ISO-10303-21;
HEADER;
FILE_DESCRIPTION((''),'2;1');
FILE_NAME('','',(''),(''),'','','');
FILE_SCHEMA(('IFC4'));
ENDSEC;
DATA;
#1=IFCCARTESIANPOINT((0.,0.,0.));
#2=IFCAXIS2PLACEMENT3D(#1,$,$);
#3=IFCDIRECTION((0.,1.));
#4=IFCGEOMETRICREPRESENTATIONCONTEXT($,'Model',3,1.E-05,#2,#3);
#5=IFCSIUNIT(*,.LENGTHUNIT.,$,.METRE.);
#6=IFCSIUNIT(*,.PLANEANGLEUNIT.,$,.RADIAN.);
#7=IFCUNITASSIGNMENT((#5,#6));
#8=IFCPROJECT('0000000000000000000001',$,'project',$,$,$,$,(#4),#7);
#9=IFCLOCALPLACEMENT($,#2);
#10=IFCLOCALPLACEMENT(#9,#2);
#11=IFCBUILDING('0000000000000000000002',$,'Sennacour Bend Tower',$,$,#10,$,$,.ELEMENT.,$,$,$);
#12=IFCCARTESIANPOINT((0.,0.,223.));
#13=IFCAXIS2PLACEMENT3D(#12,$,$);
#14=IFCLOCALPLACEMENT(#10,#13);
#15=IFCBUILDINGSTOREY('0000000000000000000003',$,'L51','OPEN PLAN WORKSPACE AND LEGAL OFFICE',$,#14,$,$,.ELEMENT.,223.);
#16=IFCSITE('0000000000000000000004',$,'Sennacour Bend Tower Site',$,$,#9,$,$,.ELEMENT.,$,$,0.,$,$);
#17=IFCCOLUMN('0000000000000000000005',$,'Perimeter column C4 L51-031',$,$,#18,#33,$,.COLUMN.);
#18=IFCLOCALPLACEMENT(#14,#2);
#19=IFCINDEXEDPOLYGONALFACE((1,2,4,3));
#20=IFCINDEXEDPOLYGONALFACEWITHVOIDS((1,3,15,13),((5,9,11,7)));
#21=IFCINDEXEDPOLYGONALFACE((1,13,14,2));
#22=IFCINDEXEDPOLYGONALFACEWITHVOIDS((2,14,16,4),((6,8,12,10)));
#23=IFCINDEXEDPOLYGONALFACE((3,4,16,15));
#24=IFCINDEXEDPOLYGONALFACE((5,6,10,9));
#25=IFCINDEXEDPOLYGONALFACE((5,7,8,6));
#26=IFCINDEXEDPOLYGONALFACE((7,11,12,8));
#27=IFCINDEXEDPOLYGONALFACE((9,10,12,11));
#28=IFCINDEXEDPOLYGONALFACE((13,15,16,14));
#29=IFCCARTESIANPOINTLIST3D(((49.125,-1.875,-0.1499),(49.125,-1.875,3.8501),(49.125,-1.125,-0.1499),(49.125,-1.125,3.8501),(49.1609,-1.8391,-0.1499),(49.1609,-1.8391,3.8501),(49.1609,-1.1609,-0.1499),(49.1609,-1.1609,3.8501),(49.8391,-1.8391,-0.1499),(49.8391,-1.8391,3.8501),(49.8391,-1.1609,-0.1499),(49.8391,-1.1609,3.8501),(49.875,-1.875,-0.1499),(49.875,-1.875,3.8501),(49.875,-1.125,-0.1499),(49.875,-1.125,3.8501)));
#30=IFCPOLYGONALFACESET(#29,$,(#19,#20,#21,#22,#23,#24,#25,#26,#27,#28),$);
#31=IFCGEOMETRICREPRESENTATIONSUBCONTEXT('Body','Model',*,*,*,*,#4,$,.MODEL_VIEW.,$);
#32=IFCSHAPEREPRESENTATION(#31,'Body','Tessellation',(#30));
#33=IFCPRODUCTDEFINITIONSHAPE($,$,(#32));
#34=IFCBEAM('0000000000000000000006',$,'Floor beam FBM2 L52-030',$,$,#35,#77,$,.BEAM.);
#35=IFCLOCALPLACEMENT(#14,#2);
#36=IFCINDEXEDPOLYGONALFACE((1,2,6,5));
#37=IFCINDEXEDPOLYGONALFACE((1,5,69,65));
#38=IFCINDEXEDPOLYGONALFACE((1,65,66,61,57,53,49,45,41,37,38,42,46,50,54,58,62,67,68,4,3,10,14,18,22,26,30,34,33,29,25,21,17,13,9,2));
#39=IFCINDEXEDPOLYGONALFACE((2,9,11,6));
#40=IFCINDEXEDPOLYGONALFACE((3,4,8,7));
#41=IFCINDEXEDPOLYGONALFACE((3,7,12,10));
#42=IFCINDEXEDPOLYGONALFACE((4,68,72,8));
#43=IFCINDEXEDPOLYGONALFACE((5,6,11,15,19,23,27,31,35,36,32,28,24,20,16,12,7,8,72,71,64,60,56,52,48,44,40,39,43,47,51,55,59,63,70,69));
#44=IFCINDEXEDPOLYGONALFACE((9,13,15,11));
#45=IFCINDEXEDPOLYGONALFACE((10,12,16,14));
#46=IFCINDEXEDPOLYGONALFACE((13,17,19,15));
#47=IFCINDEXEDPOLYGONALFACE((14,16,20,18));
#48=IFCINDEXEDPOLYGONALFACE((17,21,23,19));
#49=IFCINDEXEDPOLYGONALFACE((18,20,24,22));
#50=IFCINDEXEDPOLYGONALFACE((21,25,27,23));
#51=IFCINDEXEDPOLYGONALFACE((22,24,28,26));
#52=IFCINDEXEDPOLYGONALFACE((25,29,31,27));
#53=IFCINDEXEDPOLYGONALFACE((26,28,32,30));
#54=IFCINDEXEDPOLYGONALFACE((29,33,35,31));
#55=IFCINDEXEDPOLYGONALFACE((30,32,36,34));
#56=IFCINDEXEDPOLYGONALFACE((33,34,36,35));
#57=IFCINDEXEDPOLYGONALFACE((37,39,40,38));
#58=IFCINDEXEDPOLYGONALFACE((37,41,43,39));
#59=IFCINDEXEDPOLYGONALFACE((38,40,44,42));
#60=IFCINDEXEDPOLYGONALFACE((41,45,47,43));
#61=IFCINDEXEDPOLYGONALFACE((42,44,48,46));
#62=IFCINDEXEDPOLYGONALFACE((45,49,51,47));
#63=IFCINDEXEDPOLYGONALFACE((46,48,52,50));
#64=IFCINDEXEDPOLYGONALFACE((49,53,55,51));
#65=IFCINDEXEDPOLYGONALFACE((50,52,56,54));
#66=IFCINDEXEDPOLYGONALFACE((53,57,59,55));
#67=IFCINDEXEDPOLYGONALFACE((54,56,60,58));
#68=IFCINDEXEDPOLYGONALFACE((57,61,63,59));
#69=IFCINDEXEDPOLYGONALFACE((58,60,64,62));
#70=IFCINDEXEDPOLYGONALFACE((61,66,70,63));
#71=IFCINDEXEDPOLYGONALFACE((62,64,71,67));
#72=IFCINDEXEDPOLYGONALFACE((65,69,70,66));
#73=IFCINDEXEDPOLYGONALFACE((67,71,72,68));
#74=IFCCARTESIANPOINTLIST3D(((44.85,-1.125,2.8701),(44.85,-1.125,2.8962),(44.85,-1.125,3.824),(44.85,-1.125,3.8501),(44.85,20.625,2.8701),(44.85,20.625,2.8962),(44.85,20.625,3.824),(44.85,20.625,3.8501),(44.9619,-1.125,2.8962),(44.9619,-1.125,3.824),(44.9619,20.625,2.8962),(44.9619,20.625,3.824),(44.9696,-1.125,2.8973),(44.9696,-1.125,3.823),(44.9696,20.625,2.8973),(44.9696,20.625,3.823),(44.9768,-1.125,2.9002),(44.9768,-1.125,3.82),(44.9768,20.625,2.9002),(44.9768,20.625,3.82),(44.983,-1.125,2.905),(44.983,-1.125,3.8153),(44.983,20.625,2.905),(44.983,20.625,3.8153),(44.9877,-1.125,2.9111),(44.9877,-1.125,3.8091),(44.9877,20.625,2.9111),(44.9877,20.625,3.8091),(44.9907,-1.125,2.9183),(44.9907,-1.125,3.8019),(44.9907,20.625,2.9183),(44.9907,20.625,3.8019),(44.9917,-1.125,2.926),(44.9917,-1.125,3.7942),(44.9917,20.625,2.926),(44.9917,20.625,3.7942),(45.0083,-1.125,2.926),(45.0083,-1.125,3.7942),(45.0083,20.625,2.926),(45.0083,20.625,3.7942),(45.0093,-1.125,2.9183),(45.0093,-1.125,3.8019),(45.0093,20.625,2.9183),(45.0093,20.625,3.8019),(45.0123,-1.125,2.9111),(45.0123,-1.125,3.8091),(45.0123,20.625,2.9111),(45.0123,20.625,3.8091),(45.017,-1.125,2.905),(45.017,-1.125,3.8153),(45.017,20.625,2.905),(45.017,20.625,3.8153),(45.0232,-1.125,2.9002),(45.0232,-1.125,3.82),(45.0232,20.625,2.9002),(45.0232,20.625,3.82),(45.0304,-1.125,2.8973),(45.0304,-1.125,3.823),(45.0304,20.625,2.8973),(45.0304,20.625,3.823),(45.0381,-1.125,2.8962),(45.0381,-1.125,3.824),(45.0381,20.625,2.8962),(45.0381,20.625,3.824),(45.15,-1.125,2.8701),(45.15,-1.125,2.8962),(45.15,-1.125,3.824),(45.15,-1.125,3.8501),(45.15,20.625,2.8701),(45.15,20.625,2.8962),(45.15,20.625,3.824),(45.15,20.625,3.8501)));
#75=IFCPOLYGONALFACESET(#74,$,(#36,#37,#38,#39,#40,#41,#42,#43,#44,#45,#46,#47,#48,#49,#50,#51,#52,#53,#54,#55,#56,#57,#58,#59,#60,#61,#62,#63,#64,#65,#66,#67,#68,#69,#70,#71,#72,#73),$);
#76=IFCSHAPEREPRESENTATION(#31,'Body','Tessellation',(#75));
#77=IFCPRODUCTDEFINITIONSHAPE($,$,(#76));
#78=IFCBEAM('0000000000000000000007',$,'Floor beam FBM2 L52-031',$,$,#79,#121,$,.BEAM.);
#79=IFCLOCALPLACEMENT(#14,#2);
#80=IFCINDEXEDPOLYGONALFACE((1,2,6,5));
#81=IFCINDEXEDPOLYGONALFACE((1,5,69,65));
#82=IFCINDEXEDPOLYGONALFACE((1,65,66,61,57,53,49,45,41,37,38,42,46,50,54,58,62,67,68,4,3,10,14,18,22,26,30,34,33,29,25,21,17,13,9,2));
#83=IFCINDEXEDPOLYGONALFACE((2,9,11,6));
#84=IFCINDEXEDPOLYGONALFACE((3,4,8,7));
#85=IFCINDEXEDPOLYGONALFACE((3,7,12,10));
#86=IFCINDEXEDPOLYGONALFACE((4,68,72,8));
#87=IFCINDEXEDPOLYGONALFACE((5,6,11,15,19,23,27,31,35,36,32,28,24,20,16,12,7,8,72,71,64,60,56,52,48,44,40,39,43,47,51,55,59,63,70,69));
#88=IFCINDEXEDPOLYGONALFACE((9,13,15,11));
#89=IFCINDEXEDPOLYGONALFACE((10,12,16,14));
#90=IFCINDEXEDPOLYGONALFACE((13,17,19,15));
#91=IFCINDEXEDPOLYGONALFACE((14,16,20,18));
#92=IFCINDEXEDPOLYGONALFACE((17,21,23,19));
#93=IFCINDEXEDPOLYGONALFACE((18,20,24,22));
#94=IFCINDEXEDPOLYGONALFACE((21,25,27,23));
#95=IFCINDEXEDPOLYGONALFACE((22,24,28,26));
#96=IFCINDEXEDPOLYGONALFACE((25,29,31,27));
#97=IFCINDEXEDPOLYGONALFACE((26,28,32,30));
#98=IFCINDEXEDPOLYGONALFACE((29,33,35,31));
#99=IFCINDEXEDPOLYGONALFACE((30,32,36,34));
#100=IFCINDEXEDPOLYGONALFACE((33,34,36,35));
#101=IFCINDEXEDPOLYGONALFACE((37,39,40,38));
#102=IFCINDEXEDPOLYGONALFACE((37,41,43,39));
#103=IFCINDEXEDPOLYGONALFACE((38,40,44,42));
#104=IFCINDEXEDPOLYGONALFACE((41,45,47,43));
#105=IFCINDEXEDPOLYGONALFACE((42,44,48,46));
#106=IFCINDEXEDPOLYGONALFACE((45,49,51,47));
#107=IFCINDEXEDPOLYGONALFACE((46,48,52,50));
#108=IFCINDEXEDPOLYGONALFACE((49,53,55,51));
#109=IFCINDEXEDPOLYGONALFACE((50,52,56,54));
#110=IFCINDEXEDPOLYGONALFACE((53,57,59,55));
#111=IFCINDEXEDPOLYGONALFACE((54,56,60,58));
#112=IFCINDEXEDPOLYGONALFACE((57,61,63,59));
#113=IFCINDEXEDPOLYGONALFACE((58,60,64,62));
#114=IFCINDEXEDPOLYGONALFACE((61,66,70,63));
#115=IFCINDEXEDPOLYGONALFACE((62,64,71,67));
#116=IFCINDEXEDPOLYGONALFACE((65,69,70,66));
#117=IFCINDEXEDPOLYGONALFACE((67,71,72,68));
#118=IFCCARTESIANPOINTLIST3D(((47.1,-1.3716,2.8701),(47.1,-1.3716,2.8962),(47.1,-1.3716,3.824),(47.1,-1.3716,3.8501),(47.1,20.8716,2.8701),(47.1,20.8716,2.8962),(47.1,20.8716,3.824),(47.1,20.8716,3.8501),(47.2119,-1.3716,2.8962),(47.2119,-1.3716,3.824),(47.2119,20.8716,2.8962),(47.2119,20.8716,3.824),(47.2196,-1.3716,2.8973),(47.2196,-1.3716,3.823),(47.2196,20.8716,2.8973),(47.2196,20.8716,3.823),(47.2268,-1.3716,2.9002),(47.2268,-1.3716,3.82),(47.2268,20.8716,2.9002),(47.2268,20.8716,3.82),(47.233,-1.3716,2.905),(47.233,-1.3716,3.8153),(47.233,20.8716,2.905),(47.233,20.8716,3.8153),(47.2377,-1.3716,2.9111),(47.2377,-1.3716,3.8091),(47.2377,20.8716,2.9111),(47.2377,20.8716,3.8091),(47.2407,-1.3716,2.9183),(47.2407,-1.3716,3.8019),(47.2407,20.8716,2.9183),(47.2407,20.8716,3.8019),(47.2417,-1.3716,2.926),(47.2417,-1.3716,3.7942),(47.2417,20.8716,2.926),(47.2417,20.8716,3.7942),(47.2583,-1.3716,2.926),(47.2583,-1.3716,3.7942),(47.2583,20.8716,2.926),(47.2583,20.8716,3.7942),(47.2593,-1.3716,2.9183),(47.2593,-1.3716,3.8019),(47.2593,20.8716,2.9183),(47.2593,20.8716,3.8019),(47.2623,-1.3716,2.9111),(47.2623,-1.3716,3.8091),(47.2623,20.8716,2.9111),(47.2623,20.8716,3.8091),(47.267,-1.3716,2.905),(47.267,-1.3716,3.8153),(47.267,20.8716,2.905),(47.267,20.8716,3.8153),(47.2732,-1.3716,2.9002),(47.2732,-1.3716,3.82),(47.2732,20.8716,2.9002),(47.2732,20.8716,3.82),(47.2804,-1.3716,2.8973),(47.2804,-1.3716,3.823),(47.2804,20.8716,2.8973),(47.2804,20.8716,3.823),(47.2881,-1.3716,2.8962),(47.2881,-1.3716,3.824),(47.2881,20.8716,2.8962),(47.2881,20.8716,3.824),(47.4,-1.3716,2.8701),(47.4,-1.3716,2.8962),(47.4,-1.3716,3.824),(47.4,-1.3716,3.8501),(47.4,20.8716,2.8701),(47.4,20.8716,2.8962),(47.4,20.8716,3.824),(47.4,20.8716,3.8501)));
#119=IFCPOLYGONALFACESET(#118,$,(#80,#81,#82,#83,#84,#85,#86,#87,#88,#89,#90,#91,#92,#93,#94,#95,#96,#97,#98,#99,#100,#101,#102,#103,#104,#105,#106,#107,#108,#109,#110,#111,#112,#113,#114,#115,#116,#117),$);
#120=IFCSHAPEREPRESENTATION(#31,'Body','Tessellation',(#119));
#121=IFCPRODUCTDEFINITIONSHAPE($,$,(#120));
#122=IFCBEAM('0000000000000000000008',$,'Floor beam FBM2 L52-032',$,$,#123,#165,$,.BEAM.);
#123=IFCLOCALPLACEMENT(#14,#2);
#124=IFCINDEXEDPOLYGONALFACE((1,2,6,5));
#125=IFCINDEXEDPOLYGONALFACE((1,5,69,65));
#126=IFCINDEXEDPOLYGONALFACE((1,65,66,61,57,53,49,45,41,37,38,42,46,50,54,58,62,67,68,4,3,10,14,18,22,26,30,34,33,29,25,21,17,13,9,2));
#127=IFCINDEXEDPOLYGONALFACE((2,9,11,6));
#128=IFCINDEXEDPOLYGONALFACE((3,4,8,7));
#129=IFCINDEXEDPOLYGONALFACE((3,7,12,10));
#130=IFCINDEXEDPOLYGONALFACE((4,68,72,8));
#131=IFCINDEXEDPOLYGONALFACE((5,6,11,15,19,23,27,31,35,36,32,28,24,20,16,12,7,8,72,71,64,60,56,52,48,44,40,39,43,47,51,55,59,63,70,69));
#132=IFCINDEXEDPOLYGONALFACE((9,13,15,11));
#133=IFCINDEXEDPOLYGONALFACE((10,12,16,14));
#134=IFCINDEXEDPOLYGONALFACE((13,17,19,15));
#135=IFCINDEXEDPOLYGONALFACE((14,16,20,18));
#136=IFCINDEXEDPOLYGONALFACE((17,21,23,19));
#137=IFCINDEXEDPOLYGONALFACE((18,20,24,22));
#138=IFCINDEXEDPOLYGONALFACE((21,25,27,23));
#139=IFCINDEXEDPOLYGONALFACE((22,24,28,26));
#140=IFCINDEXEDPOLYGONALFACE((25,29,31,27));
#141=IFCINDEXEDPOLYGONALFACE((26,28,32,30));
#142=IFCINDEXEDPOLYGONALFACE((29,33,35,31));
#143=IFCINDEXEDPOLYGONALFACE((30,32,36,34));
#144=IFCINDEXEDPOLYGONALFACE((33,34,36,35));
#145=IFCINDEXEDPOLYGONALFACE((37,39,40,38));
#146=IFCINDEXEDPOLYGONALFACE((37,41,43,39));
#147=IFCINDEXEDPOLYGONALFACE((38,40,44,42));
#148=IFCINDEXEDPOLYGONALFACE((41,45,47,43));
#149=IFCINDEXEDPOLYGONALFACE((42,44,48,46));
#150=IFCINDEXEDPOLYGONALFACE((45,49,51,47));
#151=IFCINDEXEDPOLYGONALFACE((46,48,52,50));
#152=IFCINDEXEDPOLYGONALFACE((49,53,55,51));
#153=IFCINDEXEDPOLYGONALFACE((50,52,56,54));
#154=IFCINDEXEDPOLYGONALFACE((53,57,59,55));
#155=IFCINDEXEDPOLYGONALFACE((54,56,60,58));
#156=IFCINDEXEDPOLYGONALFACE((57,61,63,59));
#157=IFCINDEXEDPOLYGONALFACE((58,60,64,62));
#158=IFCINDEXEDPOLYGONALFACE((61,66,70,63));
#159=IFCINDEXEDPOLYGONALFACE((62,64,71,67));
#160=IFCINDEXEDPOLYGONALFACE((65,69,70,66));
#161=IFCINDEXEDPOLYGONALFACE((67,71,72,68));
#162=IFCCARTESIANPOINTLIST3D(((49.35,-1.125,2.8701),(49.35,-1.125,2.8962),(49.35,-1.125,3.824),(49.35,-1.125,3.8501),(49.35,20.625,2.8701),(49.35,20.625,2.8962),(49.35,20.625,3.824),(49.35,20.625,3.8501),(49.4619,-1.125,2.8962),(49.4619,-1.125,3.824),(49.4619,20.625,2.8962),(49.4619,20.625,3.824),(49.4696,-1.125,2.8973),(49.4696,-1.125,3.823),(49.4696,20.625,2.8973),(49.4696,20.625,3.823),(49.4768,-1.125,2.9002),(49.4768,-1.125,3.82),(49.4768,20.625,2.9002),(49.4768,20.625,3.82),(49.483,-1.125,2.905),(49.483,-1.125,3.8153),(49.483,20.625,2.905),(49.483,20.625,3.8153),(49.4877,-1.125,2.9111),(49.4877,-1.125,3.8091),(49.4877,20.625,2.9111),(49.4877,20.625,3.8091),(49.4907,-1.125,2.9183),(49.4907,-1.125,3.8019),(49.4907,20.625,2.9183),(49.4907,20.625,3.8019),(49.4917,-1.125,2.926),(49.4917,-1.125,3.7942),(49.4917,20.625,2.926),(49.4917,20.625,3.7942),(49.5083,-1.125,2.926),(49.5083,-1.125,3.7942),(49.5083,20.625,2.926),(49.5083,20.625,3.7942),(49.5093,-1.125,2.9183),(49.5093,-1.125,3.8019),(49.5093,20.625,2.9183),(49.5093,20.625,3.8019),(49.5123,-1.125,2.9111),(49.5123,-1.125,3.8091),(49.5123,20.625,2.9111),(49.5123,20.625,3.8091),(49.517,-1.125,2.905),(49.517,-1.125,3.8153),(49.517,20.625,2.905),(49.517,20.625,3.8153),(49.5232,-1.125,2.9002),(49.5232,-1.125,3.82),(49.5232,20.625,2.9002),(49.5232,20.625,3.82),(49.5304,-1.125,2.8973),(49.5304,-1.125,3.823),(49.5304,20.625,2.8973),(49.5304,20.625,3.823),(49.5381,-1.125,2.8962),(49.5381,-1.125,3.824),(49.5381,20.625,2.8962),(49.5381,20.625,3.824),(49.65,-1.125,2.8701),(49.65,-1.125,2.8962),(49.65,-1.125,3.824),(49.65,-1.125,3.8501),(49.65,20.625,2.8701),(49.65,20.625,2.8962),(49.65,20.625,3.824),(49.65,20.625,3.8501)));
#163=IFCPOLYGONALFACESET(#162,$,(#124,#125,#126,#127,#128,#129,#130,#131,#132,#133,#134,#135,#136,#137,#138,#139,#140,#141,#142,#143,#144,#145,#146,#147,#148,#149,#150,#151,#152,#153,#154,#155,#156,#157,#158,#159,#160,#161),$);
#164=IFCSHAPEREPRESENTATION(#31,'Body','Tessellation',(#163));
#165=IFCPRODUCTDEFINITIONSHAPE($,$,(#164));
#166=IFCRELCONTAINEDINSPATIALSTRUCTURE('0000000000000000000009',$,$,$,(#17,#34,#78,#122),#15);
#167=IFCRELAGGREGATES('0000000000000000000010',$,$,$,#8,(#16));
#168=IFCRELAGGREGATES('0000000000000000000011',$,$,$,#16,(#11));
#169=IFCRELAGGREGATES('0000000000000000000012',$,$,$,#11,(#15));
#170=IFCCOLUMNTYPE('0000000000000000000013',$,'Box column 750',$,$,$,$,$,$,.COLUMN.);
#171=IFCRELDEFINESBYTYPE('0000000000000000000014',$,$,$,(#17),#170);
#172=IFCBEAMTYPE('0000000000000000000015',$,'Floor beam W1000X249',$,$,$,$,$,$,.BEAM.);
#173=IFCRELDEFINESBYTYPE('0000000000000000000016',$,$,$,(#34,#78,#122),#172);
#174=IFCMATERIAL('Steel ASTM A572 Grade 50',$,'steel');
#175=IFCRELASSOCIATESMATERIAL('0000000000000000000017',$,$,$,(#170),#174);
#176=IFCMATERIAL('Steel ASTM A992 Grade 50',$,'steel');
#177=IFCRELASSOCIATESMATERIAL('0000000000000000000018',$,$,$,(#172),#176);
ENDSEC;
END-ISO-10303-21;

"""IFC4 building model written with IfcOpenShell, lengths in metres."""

from ifc_helpers import new_model, si_unit, direction, frame, origin, origin_2d, place, context, subcontext, project, spatial, hollow_rectangle, i_section, extrude, material, material_profile, profile_set, type_object, element, save


model = new_model("IFC4")

# Units and contexts
model_context = context("Model", 3, precision=1e-05, world=origin(), true_north=direction((0.0, 1.0)))
body_context = subcontext(model_context, "Body", "Model", "MODEL_VIEW")
ifc_project = project(units=[si_unit("LENGTHUNIT", "METRE"), si_unit("PLANEANGLEUNIT", "RADIAN")], contexts=[model_context])

# Site, building, storey
site_placement = place(None, origin())
site = spatial("IfcSite", under=ifc_project, at=site_placement, Name="Sennacour Bend Tower Site", CompositionType="ELEMENT", RefElevation=0.0)
building_placement = place(site_placement, origin())
building = spatial("IfcBuilding", under=site, at=building_placement, Name="Sennacour Bend Tower", CompositionType="ELEMENT")
storey_placement = place(building_placement, frame((0.0, 0.0, 223.0)))
storey = spatial("IfcBuildingStorey", under=building, at=storey_placement, Name="L51", Description="OPEN PLAN WORKSPACE AND LEGAL OFFICE", CompositionType="ELEMENT", Elevation=223.0)

# Column
ifc_material_1 = material(Name="Steel ASTM A572 Grade 50", Category="steel")
ifc_material_profile_1 = material_profile(ifc_material_1, hollow_rectangle(XDim=0.75, YDim=0.75, WallThickness=0.0359, at=origin_2d()), Name="Steel ASTM A572 Grade 50", Category="steel")
ifc_profile_set_1 = profile_set([ifc_material_profile_1], Name="Steel ASTM A572 Grade 50")
column_type = type_object("IfcColumnType", Name="Box column 750", PredefinedType="COLUMN", material=ifc_profile_set_1)
column_placement = place(storey_placement, frame((49.5, -1.5, -0.1499), z_axis=(0.0, 0.0, 1.0), x_axis=(1.0, 0.0, 0.0)))
element("IfcColumn", 1, at=column_placement, inside=storey, type_object=column_type, Name="Perimeter column C4 L51-031", PredefinedType="COLUMN", context=body_context, shape_type="SweptSolid", body=[
    extrude(hollow_rectangle(XDim=0.75, YDim=0.75, WallThickness=0.0359, at=origin_2d()), origin(), (0.0, 0.0, 1.0), 4.0),
])

# Beams
ifc_material_2 = material(Name="Steel ASTM A992 Grade 50", Category="steel")
ifc_material_profile_2 = material_profile(ifc_material_2, i_section(OverallWidth=0.3, OverallDepth=0.98, WebThickness=0.0166, FlangeThickness=0.0261, FilletRadius=0.0298, at=origin_2d()), Name="Steel ASTM A992 Grade 50", Category="steel")
ifc_profile_set_2 = profile_set([ifc_material_profile_2], Name="Steel ASTM A992 Grade 50")
beam_type_1 = type_object("IfcBeamType", Name="Floor beam W1000X249", PredefinedType="BEAM", material=ifc_profile_set_2)
beam_1_placement = place(storey_placement, frame((45.0, -1.125, 3.3601), z_axis=(0.0, 1.0, 0.0), x_axis=(-1.0, 0.0, 0.0)))
element("IfcBeam", 2, at=beam_1_placement, inside=storey, type_object=beam_type_1, Name="Floor beam FBM2 L52-030", PredefinedType="BEAM", context=body_context, shape_type="SweptSolid", body=[
    extrude(i_section(OverallWidth=0.3, OverallDepth=0.98, WebThickness=0.0166, FlangeThickness=0.0261, FilletRadius=0.0298, at=origin_2d()), origin(), (0.0, 0.0, 1.0), 21.75),
])
beam_2_placement = place(storey_placement, frame((47.25, -1.3716, 3.3601), z_axis=(0.0, 1.0, 0.0), x_axis=(-1.0, 0.0, 0.0)))
element("IfcBeam", 3, at=beam_2_placement, inside=storey, type_object=beam_type_1, Name="Floor beam FBM2 L52-031", PredefinedType="BEAM", context=body_context, shape_type="SweptSolid", body=[
    extrude(i_section(OverallWidth=0.3, OverallDepth=0.98, WebThickness=0.0166, FlangeThickness=0.0261, FilletRadius=0.0298, at=origin_2d()), origin(), (0.0, 0.0, 1.0), 22.2432),
])
beam_3_placement = place(storey_placement, frame((49.5, -1.125, 3.3601), z_axis=(0.0, 1.0, 0.0), x_axis=(-1.0, 0.0, 0.0)))
element("IfcBeam", 4, at=beam_3_placement, inside=storey, type_object=beam_type_1, Name="Floor beam FBM2 L52-032", PredefinedType="BEAM", context=body_context, shape_type="SweptSolid", body=[
    extrude(i_section(OverallWidth=0.3, OverallDepth=0.98, WebThickness=0.0166, FlangeThickness=0.0261, FilletRadius=0.0298, at=origin_2d()), origin(), (0.0, 0.0, 1.0), 21.75),
])

save(model, "model.ifc")
